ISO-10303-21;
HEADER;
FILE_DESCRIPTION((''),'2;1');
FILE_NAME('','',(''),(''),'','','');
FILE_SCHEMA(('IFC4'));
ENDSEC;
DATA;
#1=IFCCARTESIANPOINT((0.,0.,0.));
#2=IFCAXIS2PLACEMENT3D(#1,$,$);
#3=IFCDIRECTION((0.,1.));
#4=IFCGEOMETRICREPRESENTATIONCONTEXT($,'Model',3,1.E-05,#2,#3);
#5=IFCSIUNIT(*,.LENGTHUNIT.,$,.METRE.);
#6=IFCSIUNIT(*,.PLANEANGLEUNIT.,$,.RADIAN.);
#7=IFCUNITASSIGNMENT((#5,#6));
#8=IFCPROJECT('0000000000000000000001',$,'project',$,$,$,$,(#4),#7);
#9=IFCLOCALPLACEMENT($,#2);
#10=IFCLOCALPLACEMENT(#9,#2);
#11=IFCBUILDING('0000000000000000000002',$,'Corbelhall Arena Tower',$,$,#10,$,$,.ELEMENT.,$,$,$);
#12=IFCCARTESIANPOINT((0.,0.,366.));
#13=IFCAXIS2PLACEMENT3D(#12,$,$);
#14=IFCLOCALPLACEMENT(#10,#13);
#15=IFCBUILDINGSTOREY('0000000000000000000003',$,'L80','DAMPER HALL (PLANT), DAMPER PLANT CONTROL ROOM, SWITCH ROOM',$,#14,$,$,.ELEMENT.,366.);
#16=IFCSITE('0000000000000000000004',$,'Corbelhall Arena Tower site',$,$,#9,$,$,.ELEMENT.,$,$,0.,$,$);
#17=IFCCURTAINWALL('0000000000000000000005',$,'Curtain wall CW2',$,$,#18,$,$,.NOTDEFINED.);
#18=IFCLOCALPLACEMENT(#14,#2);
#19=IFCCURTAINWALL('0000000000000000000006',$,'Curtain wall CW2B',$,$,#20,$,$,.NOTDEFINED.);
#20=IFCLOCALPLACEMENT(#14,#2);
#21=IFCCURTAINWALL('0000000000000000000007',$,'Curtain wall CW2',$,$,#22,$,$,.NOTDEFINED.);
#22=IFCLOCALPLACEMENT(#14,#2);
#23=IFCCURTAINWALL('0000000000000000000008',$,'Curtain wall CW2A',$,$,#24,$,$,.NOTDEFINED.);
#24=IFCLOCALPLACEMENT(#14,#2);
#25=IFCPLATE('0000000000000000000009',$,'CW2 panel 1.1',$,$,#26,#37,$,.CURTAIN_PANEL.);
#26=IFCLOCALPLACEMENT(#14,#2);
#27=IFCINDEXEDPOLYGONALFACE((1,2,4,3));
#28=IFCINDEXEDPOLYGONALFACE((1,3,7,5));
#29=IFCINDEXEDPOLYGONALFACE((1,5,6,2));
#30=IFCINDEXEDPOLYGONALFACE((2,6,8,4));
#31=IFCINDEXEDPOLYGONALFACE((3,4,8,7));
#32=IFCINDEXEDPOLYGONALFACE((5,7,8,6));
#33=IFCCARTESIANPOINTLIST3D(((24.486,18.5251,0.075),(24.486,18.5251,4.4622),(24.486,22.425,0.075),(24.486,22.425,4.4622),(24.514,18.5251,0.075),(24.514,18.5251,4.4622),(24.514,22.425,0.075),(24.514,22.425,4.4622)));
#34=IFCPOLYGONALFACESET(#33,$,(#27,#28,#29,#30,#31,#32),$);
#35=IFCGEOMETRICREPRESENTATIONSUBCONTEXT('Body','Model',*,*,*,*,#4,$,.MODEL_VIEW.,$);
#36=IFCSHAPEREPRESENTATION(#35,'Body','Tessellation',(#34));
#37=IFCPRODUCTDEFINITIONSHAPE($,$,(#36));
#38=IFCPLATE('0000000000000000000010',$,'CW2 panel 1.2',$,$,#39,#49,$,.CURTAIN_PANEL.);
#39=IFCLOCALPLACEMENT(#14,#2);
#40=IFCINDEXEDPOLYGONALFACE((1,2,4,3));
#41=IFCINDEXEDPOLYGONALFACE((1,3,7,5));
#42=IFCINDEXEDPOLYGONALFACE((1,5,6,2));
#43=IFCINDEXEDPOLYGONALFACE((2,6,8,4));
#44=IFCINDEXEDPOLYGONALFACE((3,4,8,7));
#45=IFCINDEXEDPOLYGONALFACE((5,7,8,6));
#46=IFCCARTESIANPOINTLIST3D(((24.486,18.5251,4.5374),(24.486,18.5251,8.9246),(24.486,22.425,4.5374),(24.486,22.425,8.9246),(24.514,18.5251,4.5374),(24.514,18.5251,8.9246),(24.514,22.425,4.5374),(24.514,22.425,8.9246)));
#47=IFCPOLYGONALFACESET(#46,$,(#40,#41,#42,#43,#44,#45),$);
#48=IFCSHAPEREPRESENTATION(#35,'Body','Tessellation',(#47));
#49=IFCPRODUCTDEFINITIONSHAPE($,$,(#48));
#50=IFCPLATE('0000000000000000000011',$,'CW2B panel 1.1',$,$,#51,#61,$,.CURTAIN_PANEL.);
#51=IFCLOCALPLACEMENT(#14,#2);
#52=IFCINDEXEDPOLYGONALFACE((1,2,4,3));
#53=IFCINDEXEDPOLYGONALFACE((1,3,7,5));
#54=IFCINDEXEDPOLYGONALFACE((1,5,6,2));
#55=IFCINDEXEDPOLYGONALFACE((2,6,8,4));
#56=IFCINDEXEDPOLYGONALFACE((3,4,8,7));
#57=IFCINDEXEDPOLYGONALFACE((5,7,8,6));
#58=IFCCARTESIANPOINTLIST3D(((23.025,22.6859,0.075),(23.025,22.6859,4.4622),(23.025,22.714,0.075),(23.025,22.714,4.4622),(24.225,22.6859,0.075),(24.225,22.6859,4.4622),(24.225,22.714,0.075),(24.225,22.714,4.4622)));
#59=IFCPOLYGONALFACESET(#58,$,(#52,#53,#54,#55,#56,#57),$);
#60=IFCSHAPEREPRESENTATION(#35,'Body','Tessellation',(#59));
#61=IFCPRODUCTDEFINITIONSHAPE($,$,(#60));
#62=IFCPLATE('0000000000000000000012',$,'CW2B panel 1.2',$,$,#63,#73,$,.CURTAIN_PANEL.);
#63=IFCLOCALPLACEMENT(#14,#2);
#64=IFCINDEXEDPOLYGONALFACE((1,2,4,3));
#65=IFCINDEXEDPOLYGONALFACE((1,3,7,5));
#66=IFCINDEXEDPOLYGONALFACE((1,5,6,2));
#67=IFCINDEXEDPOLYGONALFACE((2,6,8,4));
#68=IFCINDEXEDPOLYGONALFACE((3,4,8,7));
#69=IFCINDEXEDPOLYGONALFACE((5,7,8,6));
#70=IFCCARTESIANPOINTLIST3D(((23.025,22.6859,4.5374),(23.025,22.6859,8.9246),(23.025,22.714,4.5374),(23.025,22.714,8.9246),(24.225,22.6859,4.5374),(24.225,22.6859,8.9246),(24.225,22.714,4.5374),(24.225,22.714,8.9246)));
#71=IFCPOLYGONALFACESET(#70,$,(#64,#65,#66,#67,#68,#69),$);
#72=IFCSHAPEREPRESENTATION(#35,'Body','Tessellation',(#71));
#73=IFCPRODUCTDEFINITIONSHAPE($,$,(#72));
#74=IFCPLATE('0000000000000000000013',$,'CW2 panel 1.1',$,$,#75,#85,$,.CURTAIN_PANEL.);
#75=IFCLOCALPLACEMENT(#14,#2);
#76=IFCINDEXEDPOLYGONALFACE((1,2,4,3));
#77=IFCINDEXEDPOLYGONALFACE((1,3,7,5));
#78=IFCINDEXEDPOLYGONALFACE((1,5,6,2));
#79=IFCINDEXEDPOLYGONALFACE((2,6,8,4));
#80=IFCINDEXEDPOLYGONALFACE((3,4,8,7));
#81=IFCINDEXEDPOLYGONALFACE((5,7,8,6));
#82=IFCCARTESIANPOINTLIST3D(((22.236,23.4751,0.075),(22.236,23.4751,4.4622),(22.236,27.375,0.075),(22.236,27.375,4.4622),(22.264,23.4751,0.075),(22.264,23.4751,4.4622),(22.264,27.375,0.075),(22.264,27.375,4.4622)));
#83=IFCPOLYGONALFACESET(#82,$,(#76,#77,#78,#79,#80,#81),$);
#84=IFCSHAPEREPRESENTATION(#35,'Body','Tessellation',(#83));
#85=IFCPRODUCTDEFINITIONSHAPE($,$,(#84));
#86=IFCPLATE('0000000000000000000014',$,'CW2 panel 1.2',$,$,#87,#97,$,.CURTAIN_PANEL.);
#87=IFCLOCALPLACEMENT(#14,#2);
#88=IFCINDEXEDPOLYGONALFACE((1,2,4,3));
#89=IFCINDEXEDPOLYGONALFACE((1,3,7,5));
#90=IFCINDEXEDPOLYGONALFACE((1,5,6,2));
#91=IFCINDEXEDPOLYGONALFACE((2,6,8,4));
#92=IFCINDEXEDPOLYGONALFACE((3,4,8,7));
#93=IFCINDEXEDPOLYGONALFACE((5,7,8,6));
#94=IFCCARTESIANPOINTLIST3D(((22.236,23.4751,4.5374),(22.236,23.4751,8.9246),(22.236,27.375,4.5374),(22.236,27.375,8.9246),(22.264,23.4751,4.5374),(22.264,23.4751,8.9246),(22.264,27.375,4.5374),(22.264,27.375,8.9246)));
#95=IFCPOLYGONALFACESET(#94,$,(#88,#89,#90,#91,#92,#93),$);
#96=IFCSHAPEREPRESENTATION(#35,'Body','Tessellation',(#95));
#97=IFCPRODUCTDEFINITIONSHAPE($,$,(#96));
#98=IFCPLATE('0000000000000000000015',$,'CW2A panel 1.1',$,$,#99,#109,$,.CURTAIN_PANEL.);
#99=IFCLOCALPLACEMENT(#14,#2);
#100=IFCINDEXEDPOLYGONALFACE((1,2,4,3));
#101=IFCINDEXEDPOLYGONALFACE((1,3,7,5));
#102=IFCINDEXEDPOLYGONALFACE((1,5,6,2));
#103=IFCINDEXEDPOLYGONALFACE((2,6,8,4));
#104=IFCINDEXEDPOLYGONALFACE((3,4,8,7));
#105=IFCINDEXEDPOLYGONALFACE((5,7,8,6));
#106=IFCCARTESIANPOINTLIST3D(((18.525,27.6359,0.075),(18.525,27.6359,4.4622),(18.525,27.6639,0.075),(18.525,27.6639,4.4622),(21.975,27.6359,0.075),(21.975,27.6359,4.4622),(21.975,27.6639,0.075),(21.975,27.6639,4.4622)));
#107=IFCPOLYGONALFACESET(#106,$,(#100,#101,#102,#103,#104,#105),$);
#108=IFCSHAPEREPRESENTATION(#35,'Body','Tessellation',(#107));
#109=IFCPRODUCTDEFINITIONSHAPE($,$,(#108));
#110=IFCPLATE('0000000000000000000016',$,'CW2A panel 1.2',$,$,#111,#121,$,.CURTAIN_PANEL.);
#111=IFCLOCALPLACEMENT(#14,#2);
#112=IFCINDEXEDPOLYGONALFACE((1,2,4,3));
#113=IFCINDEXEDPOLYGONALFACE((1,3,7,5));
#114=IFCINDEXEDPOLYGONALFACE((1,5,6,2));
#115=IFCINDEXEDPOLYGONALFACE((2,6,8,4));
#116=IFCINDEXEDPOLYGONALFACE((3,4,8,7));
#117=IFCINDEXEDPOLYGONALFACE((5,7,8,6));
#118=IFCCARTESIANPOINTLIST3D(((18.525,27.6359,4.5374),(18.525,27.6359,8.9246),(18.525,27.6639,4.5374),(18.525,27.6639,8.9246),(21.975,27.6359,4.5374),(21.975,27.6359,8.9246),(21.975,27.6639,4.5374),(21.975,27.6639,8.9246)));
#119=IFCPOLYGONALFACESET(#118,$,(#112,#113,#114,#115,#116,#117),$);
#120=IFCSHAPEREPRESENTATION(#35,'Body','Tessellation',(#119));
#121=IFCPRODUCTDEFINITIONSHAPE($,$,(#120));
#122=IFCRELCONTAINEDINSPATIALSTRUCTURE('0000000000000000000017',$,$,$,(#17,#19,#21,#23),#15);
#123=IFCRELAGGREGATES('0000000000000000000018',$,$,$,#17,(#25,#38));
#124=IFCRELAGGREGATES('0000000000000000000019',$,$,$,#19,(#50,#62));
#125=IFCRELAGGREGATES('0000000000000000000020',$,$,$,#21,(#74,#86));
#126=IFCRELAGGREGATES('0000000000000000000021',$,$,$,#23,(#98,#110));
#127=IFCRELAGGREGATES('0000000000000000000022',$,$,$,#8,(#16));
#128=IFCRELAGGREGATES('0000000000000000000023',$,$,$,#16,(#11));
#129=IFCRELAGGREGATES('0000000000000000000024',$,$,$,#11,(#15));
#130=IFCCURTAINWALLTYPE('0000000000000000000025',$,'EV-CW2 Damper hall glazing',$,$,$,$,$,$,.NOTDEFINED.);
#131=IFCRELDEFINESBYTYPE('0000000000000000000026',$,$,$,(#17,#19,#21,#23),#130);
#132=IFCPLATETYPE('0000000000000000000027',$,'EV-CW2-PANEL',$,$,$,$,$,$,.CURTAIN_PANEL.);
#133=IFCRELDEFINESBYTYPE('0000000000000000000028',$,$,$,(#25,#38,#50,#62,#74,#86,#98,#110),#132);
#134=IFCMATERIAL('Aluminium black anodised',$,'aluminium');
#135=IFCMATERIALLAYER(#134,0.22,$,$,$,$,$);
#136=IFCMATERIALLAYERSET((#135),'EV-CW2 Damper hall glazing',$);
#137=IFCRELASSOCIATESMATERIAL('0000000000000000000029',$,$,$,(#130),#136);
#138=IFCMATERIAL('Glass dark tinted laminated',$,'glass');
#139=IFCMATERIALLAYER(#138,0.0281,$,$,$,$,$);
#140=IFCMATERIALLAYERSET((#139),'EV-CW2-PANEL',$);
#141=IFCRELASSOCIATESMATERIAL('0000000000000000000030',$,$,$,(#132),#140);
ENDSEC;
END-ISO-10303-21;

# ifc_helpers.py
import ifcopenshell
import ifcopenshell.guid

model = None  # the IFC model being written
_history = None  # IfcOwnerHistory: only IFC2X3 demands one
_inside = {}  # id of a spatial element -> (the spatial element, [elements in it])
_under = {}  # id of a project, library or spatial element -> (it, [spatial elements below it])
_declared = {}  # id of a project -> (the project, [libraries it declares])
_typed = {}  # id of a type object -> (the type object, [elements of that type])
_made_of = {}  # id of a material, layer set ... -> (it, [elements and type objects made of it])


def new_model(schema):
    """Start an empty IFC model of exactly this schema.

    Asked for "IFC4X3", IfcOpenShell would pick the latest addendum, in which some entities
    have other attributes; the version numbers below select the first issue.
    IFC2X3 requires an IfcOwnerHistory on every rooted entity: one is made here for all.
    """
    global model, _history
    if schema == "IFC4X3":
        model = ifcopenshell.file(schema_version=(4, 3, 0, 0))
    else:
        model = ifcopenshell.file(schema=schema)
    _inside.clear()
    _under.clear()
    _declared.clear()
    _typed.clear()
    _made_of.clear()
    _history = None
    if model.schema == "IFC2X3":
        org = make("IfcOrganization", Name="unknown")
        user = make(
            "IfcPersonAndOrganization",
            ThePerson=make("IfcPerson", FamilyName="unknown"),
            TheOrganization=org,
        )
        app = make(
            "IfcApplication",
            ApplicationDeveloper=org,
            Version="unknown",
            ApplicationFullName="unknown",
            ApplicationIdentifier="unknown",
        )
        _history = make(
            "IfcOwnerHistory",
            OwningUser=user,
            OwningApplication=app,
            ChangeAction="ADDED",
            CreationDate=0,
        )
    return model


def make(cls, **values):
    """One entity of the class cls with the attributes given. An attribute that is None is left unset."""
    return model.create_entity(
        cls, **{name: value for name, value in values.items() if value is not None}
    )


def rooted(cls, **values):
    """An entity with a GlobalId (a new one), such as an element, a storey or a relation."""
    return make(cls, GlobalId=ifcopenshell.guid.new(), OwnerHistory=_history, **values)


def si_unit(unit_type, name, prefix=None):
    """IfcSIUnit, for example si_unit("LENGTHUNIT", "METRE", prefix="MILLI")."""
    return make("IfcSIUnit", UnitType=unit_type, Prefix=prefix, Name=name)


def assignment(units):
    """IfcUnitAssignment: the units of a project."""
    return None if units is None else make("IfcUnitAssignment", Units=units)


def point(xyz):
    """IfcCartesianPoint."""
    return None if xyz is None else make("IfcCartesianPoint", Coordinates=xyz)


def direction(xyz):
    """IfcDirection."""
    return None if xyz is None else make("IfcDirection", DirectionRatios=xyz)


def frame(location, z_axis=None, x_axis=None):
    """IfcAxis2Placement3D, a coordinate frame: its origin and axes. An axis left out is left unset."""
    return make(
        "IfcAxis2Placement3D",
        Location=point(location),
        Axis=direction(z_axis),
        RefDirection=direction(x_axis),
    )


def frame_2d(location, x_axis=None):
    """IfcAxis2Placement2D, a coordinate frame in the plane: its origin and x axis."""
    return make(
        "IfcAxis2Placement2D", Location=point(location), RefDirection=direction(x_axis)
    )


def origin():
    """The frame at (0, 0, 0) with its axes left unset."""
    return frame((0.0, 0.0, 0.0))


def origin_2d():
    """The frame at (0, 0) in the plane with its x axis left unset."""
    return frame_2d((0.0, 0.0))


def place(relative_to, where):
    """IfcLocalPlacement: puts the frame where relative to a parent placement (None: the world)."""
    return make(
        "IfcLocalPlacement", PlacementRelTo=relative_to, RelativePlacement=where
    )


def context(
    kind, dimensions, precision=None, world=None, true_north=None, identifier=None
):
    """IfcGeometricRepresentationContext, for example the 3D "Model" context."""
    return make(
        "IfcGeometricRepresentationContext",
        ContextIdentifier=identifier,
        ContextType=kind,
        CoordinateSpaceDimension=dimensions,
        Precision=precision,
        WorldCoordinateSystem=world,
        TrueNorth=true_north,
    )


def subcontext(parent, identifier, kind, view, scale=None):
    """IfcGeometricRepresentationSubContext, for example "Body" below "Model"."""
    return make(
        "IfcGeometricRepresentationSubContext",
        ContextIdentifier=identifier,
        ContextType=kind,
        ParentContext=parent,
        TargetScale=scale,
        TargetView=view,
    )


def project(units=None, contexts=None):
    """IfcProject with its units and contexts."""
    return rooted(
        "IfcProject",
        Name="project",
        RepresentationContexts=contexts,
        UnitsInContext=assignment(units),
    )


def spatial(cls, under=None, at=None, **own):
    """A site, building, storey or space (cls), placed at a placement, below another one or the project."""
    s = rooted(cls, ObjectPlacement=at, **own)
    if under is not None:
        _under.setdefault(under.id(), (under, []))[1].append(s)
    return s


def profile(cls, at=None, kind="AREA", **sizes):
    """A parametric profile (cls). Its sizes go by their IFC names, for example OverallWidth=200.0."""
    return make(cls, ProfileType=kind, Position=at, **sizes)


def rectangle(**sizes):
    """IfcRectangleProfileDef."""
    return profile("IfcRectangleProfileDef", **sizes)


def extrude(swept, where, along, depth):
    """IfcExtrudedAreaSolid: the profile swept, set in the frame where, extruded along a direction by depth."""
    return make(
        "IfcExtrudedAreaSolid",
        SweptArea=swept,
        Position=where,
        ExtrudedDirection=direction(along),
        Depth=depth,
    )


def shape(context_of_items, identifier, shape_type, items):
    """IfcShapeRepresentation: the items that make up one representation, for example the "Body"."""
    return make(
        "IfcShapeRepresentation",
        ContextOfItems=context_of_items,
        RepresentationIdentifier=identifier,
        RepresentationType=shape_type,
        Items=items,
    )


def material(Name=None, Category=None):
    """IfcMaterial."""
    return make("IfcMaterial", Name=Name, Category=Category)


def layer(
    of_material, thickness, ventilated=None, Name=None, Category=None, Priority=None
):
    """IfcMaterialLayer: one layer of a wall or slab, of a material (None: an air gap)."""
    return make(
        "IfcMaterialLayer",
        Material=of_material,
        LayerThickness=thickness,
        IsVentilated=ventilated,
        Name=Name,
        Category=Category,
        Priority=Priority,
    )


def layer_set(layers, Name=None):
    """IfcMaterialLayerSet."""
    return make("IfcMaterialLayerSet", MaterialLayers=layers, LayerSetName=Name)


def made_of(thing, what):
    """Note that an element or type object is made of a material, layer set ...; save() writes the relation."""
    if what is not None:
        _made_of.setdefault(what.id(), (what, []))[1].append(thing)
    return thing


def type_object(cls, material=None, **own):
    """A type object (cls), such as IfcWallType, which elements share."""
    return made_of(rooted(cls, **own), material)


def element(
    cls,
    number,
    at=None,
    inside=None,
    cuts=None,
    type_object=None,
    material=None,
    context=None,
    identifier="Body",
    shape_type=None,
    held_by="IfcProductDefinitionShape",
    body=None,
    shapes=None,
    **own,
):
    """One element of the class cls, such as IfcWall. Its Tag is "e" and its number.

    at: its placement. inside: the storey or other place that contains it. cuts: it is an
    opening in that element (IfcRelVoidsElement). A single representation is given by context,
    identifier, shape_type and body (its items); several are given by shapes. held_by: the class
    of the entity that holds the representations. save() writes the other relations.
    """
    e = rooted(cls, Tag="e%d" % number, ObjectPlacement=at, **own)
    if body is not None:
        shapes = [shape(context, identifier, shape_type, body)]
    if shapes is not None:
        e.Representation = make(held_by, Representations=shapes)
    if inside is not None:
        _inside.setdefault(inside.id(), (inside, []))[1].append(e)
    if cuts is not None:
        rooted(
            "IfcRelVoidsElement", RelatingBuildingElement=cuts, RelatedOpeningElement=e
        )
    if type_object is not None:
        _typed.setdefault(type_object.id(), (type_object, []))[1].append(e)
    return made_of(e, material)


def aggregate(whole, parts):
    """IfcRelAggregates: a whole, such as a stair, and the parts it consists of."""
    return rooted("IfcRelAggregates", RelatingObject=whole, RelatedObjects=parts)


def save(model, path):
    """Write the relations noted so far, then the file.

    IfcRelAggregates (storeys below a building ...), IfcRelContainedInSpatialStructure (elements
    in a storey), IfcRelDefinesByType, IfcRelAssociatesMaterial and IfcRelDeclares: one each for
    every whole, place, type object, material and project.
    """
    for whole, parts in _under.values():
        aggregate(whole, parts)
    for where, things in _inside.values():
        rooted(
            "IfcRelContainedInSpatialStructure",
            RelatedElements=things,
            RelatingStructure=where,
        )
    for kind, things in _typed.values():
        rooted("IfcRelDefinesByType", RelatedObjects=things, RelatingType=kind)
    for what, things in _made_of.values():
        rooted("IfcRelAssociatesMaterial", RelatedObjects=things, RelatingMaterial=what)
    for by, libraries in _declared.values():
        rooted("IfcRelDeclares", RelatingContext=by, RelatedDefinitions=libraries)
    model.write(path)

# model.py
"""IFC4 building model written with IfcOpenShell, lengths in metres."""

from ifc_helpers import new_model, si_unit, direction, frame, origin, origin_2d, place, context, subcontext, project, spatial, rectangle, extrude, material, layer, layer_set, type_object, element, aggregate, save


model = new_model("IFC4")

# Units and contexts
model_context = context("Model", 3, precision=1e-05, world=origin(), true_north=direction((0.0, 1.0)))
body_context = subcontext(model_context, "Body", "Model", "MODEL_VIEW")
ifc_project = project(units=[si_unit("LENGTHUNIT", "METRE"), si_unit("PLANEANGLEUNIT", "RADIAN")], contexts=[model_context])

# Site, building, storey
site_placement = place(None, origin())
site = spatial("IfcSite", under=ifc_project, at=site_placement, Name="Corbelhall Arena Tower site", CompositionType="ELEMENT", RefElevation=0.0)
building_placement = place(site_placement, origin())
building = spatial("IfcBuilding", under=site, at=building_placement, Name="Corbelhall Arena Tower", CompositionType="ELEMENT")
storey_placement = place(building_placement, frame((0.0, 0.0, 366.0)))
storey = spatial("IfcBuildingStorey", under=building, at=storey_placement, Name="L80", Description="DAMPER HALL (PLANT), DAMPER PLANT CONTROL ROOM, SWITCH ROOM", CompositionType="ELEMENT", Elevation=366.0)

# Curtain wall
ifc_material_1 = material(Name="Aluminium black anodised", Category="aluminium")
ifc_layer_1 = layer(ifc_material_1, 0.22)
ifc_layer_set_1 = layer_set([ifc_layer_1], Name="EV-CW2 Damper hall glazing")
curtain_wall_type = type_object("IfcCurtainWallType", Name="EV-CW2 Damper hall glazing", PredefinedType="NOTDEFINED", material=ifc_layer_set_1)
curtain_wall_1_placement = place(storey_placement, origin())
curtain_wall_1 = element("IfcCurtainWall", 1, at=curtain_wall_1_placement, inside=storey, type_object=curtain_wall_type, Name="Curtain wall CW2", PredefinedType="NOTDEFINED")

# Curtain walls
curtain_wall_2_placement = place(storey_placement, origin())
curtain_wall_2 = element("IfcCurtainWall", 2, at=curtain_wall_2_placement, inside=storey, type_object=curtain_wall_type, Name="Curtain wall CW2B", PredefinedType="NOTDEFINED")
curtain_wall_3_placement = place(storey_placement, origin())
curtain_wall_3 = element("IfcCurtainWall", 3, at=curtain_wall_3_placement, inside=storey, type_object=curtain_wall_type, Name="Curtain wall CW2", PredefinedType="NOTDEFINED")
curtain_wall_4_placement = place(storey_placement, origin())
curtain_wall_4 = element("IfcCurtainWall", 4, at=curtain_wall_4_placement, inside=storey, type_object=curtain_wall_type, Name="Curtain wall CW2A", PredefinedType="NOTDEFINED")

# Plates
ifc_material_2 = material(Name="Glass dark tinted laminated", Category="glass")
ifc_layer_2 = layer(ifc_material_2, 0.0281)
ifc_layer_set_2 = layer_set([ifc_layer_2], Name="EV-CW2-PANEL")
plate_type = type_object("IfcPlateType", Name="EV-CW2-PANEL", PredefinedType="CURTAIN_PANEL", material=ifc_layer_set_2)
plate_1_placement = place(storey_placement, frame((24.5, 20.4751, 0.075), z_axis=(0.0, 0.0, 1.0), x_axis=(0.0, 1.0, 0.0)))
plate_1 = element("IfcPlate", 5, at=plate_1_placement, type_object=plate_type, Name="CW2 panel 1.1", PredefinedType="CURTAIN_PANEL", context=body_context, shape_type="SweptSolid", body=[
    extrude(rectangle(XDim=3.8999, YDim=0.0281, at=origin_2d()), origin(), (0.0, 0.0, 1.0), 4.3872),
])
plate_2_placement = place(storey_placement, frame((24.5, 20.4751, 4.5374), z_axis=(0.0, 0.0, 1.0), x_axis=(0.0, 1.0, 0.0)))
plate_2 = element("IfcPlate", 6, at=plate_2_placement, type_object=plate_type, Name="CW2 panel 1.2", PredefinedType="CURTAIN_PANEL", context=body_context, shape_type="SweptSolid", body=[
    extrude(rectangle(XDim=3.8999, YDim=0.0281, at=origin_2d()), origin(), (0.0, 0.0, 1.0), 4.3872),
])
aggregate(curtain_wall_1, [plate_1, plate_2])
plate_3_placement = place(storey_placement, frame((23.625, 22.7, 0.075), z_axis=(0.0, 0.0, 1.0), x_axis=(-1.0, 0.0, 0.0)))
plate_3 = element("IfcPlate", 7, at=plate_3_placement, type_object=plate_type, Name="CW2B panel 1.1", PredefinedType="CURTAIN_PANEL", context=body_context, shape_type="SweptSolid", body=[
    extrude(rectangle(XDim=1.2, YDim=0.0281, at=origin_2d()), origin(), (0.0, 0.0, 1.0), 4.3872),
])
plate_4_placement = place(storey_placement, frame((23.625, 22.7, 4.5374), z_axis=(0.0, 0.0, 1.0), x_axis=(-1.0, 0.0, 0.0)))
plate_4 = element("IfcPlate", 8, at=plate_4_placement, type_object=plate_type, Name="CW2B panel 1.2", PredefinedType="CURTAIN_PANEL", context=body_context, shape_type="SweptSolid", body=[
    extrude(rectangle(XDim=1.2, YDim=0.0281, at=origin_2d()), origin(), (0.0, 0.0, 1.0), 4.3872),
])
aggregate(curtain_wall_2, [plate_3, plate_4])
plate_5_placement = place(storey_placement, frame((22.25, 25.425, 0.075), z_axis=(0.0, 0.0, 1.0), x_axis=(0.0, 1.0, 0.0)))
plate_5 = element("IfcPlate", 9, at=plate_5_placement, type_object=plate_type, Name="CW2 panel 1.1", PredefinedType="CURTAIN_PANEL", context=body_context, shape_type="SweptSolid", body=[
    extrude(rectangle(XDim=3.8999, YDim=0.0281, at=origin_2d()), origin(), (0.0, 0.0, 1.0), 4.3872),
])
plate_6_placement = place(storey_placement, frame((22.25, 25.425, 4.5374), z_axis=(0.0, 0.0, 1.0), x_axis=(0.0, 1.0, 0.0)))
plate_6 = element("IfcPlate", 10, at=plate_6_placement, type_object=plate_type, Name="CW2 panel 1.2", PredefinedType="CURTAIN_PANEL", context=body_context, shape_type="SweptSolid", body=[
    extrude(rectangle(XDim=3.8999, YDim=0.0281, at=origin_2d()), origin(), (0.0, 0.0, 1.0), 4.3872),
])
aggregate(curtain_wall_3, [plate_5, plate_6])
plate_7_placement = place(storey_placement, frame((20.25, 27.6499, 0.075), z_axis=(0.0, 0.0, 1.0), x_axis=(-1.0, 0.0, 0.0)))
plate_7 = element("IfcPlate", 11, at=plate_7_placement, type_object=plate_type, Name="CW2A panel 1.1", PredefinedType="CURTAIN_PANEL", context=body_context, shape_type="SweptSolid", body=[
    extrude(rectangle(XDim=3.45, YDim=0.0281, at=origin_2d()), origin(), (0.0, 0.0, 1.0), 4.3872),
])
plate_8_placement = place(storey_placement, frame((20.25, 27.6499, 4.5374), z_axis=(0.0, 0.0, 1.0), x_axis=(-1.0, 0.0, 0.0)))
plate_8 = element("IfcPlate", 12, at=plate_8_placement, type_object=plate_type, Name="CW2A panel 1.2", PredefinedType="CURTAIN_PANEL", context=body_context, shape_type="SweptSolid", body=[
    extrude(rectangle(XDim=3.45, YDim=0.0281, at=origin_2d()), origin(), (0.0, 0.0, 1.0), 4.3872),
])
aggregate(curtain_wall_4, [plate_7, plate_8])

save(model, "model.ifc")
